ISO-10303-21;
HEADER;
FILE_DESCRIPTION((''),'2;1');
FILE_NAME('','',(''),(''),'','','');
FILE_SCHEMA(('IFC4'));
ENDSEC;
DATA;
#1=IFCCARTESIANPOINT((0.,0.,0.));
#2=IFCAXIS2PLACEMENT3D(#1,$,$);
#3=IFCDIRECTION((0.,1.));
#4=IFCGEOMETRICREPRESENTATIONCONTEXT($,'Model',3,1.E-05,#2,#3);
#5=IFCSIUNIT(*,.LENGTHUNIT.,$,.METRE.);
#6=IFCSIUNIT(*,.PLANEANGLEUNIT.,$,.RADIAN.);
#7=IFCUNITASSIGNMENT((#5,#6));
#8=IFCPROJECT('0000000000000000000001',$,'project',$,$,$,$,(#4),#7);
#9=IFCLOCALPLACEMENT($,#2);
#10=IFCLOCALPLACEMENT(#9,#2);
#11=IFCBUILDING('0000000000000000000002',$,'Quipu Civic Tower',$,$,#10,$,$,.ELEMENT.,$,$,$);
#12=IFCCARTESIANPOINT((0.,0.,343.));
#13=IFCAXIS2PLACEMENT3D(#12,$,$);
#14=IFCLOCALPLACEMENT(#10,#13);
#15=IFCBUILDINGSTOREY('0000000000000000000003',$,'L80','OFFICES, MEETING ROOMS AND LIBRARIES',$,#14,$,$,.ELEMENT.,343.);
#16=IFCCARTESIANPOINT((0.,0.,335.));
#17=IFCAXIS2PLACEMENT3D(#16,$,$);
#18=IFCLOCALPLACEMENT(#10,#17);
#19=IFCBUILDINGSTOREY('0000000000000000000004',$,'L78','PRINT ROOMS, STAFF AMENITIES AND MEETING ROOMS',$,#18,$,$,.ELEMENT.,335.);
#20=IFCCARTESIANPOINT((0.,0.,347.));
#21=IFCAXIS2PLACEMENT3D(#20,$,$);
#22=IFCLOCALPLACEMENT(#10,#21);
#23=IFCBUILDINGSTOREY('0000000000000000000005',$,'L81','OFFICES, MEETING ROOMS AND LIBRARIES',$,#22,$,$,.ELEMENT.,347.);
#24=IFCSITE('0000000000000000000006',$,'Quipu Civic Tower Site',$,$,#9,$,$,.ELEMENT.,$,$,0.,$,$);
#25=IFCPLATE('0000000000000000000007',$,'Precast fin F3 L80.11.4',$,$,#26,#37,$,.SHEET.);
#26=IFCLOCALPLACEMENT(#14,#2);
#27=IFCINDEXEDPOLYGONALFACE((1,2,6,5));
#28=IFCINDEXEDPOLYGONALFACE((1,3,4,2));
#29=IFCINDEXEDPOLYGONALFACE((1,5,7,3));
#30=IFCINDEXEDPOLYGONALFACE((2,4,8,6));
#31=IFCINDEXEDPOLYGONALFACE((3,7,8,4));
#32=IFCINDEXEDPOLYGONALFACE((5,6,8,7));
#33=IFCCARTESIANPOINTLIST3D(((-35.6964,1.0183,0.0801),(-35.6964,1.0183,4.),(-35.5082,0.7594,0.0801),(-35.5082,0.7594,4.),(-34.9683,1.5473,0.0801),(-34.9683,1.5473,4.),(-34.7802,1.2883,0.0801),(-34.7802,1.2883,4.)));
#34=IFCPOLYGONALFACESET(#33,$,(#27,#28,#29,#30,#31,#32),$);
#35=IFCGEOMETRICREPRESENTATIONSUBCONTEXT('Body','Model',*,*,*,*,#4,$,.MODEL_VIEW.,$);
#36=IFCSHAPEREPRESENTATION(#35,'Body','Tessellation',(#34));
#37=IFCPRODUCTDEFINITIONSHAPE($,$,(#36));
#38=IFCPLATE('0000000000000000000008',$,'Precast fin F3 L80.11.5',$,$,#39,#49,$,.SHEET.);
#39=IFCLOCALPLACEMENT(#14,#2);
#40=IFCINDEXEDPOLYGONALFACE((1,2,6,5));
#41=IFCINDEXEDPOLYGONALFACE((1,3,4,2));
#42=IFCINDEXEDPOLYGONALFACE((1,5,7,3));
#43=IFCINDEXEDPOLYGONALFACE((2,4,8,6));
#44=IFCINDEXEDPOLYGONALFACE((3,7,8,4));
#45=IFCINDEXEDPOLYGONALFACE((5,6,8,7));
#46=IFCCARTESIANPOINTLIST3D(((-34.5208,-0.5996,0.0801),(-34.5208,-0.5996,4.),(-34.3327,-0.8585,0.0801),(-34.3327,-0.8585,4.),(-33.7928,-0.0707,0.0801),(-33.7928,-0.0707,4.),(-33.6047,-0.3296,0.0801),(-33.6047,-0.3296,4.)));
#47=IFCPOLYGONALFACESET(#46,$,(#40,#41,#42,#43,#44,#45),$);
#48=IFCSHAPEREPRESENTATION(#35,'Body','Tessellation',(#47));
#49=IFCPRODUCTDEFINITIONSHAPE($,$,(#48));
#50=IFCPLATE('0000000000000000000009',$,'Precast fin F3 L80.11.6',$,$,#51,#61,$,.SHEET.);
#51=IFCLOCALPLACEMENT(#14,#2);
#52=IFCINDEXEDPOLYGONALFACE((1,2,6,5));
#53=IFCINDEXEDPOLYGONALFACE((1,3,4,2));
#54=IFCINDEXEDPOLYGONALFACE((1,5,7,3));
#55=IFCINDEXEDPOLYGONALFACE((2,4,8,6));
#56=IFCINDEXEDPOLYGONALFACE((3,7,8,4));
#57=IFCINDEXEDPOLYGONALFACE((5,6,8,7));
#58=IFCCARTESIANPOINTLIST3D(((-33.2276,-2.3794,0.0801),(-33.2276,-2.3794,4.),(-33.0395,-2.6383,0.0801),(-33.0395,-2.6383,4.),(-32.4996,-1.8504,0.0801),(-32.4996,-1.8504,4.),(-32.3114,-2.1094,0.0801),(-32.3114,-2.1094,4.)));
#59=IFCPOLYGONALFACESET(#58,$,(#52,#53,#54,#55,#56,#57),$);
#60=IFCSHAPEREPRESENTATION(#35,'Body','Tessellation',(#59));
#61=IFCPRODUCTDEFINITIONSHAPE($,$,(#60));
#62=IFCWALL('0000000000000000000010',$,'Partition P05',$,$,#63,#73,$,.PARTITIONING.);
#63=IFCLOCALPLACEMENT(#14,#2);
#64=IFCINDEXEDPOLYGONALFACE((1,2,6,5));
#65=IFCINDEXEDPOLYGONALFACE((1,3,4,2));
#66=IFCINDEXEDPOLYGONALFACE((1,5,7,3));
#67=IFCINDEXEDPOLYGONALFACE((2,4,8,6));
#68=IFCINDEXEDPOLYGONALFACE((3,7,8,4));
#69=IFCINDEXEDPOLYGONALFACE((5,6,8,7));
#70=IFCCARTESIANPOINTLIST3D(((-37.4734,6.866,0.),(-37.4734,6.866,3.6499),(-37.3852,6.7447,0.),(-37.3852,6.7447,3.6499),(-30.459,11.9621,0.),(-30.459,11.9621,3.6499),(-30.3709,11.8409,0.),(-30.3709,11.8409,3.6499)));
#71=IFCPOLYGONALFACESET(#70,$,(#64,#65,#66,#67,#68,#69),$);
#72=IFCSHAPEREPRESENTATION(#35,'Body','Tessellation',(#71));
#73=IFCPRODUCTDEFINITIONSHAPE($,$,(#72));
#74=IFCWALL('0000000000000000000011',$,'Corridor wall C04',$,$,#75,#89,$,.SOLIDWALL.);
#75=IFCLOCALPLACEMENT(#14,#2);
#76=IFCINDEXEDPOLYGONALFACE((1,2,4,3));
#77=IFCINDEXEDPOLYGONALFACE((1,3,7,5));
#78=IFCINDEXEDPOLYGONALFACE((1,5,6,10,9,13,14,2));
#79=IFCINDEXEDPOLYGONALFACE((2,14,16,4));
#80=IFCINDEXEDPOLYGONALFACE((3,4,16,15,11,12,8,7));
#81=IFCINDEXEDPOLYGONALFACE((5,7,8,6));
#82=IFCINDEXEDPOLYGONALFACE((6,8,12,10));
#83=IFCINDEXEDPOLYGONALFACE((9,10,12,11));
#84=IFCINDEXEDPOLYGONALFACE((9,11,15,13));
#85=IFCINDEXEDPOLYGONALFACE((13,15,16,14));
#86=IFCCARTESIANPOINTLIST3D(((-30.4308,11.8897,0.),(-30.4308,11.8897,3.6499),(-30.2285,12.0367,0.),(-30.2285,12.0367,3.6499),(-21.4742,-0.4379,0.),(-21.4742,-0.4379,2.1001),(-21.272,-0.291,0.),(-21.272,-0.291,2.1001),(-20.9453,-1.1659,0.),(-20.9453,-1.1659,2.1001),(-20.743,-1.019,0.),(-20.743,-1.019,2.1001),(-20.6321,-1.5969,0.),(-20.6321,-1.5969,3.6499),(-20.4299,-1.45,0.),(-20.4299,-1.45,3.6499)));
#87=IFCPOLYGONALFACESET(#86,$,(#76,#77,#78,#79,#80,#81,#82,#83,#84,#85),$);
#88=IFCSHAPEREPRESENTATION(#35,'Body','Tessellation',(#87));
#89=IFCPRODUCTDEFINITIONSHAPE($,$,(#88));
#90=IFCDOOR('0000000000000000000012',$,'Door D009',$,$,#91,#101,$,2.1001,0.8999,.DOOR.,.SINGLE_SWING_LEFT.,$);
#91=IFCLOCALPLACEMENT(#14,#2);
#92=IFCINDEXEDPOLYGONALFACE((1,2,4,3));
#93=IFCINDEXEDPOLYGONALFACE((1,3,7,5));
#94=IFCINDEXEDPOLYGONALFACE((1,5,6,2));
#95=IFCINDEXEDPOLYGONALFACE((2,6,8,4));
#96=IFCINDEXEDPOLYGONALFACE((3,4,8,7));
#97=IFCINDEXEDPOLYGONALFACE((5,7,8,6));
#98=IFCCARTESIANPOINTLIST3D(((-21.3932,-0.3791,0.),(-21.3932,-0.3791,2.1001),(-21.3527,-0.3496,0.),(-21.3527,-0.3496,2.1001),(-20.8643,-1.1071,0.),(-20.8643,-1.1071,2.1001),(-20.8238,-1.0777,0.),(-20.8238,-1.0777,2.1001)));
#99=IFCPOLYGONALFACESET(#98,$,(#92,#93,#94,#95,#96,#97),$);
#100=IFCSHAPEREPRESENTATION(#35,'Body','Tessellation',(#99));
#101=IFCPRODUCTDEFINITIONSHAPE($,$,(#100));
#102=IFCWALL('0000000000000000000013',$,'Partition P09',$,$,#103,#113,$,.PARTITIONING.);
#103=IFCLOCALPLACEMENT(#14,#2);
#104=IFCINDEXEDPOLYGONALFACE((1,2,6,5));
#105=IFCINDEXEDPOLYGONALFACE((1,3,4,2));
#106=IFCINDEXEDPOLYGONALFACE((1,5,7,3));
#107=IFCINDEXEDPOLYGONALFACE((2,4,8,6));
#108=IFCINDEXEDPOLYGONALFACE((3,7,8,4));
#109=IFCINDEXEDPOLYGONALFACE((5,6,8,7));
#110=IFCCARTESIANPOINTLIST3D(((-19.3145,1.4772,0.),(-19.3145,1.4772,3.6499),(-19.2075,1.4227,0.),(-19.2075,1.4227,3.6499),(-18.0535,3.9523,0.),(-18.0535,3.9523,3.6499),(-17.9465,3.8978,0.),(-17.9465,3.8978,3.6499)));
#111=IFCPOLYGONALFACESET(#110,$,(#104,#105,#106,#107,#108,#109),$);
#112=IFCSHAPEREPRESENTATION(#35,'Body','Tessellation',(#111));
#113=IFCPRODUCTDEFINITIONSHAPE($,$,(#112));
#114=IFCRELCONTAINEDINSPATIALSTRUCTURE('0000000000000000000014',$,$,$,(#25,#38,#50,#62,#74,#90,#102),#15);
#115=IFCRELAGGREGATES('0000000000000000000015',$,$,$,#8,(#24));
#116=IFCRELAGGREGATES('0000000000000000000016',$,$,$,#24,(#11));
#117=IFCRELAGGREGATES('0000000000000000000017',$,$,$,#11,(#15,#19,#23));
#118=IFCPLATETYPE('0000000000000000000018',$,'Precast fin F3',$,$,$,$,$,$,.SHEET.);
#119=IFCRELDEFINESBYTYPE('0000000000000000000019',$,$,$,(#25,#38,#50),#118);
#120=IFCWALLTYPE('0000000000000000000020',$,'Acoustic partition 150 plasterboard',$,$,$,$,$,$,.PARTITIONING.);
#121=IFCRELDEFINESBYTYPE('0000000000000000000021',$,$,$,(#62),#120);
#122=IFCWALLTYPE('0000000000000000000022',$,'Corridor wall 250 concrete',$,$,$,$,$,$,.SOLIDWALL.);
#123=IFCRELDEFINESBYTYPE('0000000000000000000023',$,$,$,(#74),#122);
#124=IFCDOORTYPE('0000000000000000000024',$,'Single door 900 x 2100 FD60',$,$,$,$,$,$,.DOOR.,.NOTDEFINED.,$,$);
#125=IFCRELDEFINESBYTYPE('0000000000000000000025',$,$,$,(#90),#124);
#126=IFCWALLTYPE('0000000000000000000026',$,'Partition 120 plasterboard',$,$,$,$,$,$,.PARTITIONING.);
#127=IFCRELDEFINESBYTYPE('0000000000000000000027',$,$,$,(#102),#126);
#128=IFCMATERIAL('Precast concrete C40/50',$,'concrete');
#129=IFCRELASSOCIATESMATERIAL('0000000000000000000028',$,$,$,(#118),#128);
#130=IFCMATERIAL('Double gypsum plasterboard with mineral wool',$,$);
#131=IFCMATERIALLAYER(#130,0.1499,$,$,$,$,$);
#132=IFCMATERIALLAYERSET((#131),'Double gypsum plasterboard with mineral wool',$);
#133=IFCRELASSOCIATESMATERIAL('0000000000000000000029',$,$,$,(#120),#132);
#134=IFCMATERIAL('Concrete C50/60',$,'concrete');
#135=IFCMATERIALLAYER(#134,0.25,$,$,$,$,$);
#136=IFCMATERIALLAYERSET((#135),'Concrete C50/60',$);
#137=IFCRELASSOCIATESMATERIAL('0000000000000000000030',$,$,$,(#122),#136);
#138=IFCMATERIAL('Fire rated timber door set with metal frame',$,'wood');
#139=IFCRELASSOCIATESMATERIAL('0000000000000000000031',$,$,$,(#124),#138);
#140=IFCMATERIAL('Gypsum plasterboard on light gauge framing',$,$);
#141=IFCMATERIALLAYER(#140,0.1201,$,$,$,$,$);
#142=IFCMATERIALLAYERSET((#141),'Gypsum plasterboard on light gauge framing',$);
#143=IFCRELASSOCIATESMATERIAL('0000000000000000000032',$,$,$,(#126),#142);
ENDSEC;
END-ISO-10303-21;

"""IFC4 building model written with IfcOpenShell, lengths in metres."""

from ifc_helpers import new_model, si_unit, direction, frame, frame_2d, origin, origin_2d, place, context, subcontext, project, spatial, rectangle, extrude, material, layer, layer_set, type_object, element, fill, save


model = new_model("IFC4")

# Units and contexts
model_context = context("Model", 3, precision=1e-05, world=origin(), true_north=direction((0.0, 1.0)))
body_context = subcontext(model_context, "Body", "Model", "MODEL_VIEW")
ifc_project = project(units=[si_unit("LENGTHUNIT", "METRE"), si_unit("PLANEANGLEUNIT", "RADIAN")], contexts=[model_context])

# Site, building, storey
site_placement = place(None, origin())
site = spatial("IfcSite", under=ifc_project, at=site_placement, Name="Quipu Civic Tower Site", CompositionType="ELEMENT", RefElevation=0.0)
building_placement = place(site_placement, origin())
building = spatial("IfcBuilding", under=site, at=building_placement, Name="Quipu Civic Tower", CompositionType="ELEMENT")
storey_1_placement = place(building_placement, frame((0.0, 0.0, 343.0)))
storey_1 = spatial("IfcBuildingStorey", under=building, at=storey_1_placement, Name="L80", Description="OFFICES, MEETING ROOMS AND LIBRARIES", CompositionType="ELEMENT", Elevation=343.0)

# Shared definitions
storey_2_placement = place(building_placement, frame((0.0, 0.0, 335.0)))
storey_2 = spatial("IfcBuildingStorey", under=building, at=storey_2_placement, Name="L78", Description="PRINT ROOMS, STAFF AMENITIES AND MEETING ROOMS", CompositionType="ELEMENT", Elevation=335.0)

# Shared definitions
storey_3_placement = place(building_placement, frame((0.0, 0.0, 347.0)))
storey_3 = spatial("IfcBuildingStorey", under=building, at=storey_3_placement, Name="L81", Description="OFFICES, MEETING ROOMS AND LIBRARIES", CompositionType="ELEMENT", Elevation=347.0)

# Plates
ifc_material_1 = material(Name="Precast concrete C40/50", Category="concrete")
plate_type_1 = type_object("IfcPlateType", Name="Precast fin F3", PredefinedType="SHEET", material=ifc_material_1)
for number, where, z_axis, x_axis, name in (
    (1, (-35.2383, 1.1533, 0.0801), (0.0, 0.0, 1.0), (0.587787, -0.809016, 0.0), "Precast fin F3 L80.11.4"),
    (2, (-34.0627, -0.4646, 0.0801), (0.0, 0.0, 1.0), (0.587787, -0.809016, 0.0), "Precast fin F3 L80.11.5"),
    (3, (-32.7695, -2.2444, 0.0801), (0.0, 0.0, 1.0), (0.587787, -0.809016, 0.0), "Precast fin F3 L80.11.6"),
):
    element("IfcPlate", number, at=place(storey_1_placement, frame(where, z_axis=z_axis, x_axis=x_axis)), inside=storey_1, type_object=plate_type_1, Name=name, PredefinedType="SHEET", context=body_context, shape_type="SweptSolid", body=[
        extrude(rectangle(XDim=0.3201, YDim=0.8999, at=origin_2d()), origin(), (0.0, 0.0, 1.0), 3.9199),
    ])

# Wall
ifc_material_2 = material(Name="Double gypsum plasterboard with mineral wool")
ifc_layer_1 = layer(ifc_material_2, 0.1499)
ifc_layer_set_1 = layer_set([ifc_layer_1], Name="Double gypsum plasterboard with mineral wool")
wall_type_1 = type_object("IfcWallType", Name="Acoustic partition 150 plasterboard", PredefinedType="PARTITIONING", material=ifc_layer_set_1)
wall_1_placement = place(storey_1_placement, frame((-37.4292, 6.8054, 0.0), z_axis=(0.0, 0.0, 1.0), x_axis=(0.809021, 0.58778, 0.0)))
element("IfcWall", 4, at=wall_1_placement, inside=storey_1, type_object=wall_type_1, Name="Partition P05", PredefinedType="PARTITIONING", context=body_context, shape_type="SweptSolid", body=[
    extrude(rectangle(XDim=8.6702, YDim=0.1499, at=frame_2d((4.335, 0.0))), origin(), (0.0, 0.0, 1.0), 3.6499),
])

# Wall, opening, door
ifc_material_3 = material(Name="Concrete C50/60", Category="concrete")
ifc_layer_2 = layer(ifc_material_3, 0.25)
ifc_layer_set_2 = layer_set([ifc_layer_2], Name="Concrete C50/60")
wall_type_2 = type_object("IfcWallType", Name="Corridor wall 250 concrete", PredefinedType="SOLIDWALL", material=ifc_layer_set_2)
wall_2_placement = place(storey_1_placement, frame((-20.531, -1.5234, 0.0), z_axis=(0.0, 0.0, 1.0), x_axis=(-0.587786, 0.809017, 0.0)))
wall_2 = element("IfcWall", 5, at=wall_2_placement, inside=storey_1, type_object=wall_type_2, Name="Corridor wall C04", PredefinedType="SOLIDWALL", context=body_context, shape_type="SweptSolid", body=[
    extrude(rectangle(XDim=16.6704, YDim=0.25, at=frame_2d((8.3352, 0.0))), origin(), (0.0, 0.0, 1.0), 3.6499),
])
opening_placement = place(wall_2_placement, frame((0.5327, 0.0, 0.0)))
opening = element("IfcOpeningElement", 6, at=opening_placement, cuts=wall_2, PredefinedType="OPENING", context=body_context, shape_type="SweptSolid", body=[
    extrude(rectangle(XDim=0.8999, YDim=2.1001, at=frame_2d((0.45, 1.05))), frame((0.0, 0.135, 0.0), z_axis=(0.0, -1.0, 0.0), x_axis=(1.0, 0.0, 0.0)), (0.0, 0.0, 1.0), 0.27),
])
ifc_material_4 = material(Name="Fire rated timber door set with metal frame", Category="wood")
door_type = type_object("IfcDoorType", Name="Single door 900 x 2100 FD60", OperationType="NOTDEFINED", PredefinedType="DOOR", material=ifc_material_4)
door_placement = place(opening_placement, origin())
door = element("IfcDoor", 7, at=door_placement, inside=storey_1, type_object=door_type, Name="Door D009", OperationType="SINGLE_SWING_LEFT", OverallHeight=2.1001, OverallWidth=0.8999, PredefinedType="DOOR", context=body_context, shape_type="SweptSolid", body=[
    extrude(rectangle(XDim=0.8999, YDim=2.1001, at=frame_2d((0.45, 1.05))), frame((0.0, 0.0249, 0.0), z_axis=(0.0, -1.0, 0.0), x_axis=(1.0, 0.0, 0.0)), (0.0, 0.0, 1.0), 0.05),
])
fill(opening, door)

# Wall
ifc_material_5 = material(Name="Gypsum plasterboard on light gauge framing")
ifc_layer_3 = layer(ifc_material_5, 0.1201)
ifc_layer_set_3 = layer_set([ifc_layer_3], Name="Gypsum plasterboard on light gauge framing")
wall_type_3 = type_object("IfcWallType", Name="Partition 120 plasterboard", PredefinedType="PARTITIONING", material=ifc_layer_set_3)
wall_3_placement = place(storey_1_placement, frame((-19.261, 1.45, 0.0), z_axis=(0.0, 0.0, 1.0), x_axis=(0.453951, 0.891027, 0.0)))
element("IfcWall", 8, at=wall_3_placement, inside=storey_1, type_object=wall_type_3, Name="Partition P09", PredefinedType="PARTITIONING", context=body_context, shape_type="SweptSolid", body=[
    extrude(rectangle(XDim=2.7778, YDim=0.1201, at=frame_2d((1.3889, 0.0))), origin(), (0.0, 0.0, 1.0), 3.6499),
])

save(model, "model.ifc")
